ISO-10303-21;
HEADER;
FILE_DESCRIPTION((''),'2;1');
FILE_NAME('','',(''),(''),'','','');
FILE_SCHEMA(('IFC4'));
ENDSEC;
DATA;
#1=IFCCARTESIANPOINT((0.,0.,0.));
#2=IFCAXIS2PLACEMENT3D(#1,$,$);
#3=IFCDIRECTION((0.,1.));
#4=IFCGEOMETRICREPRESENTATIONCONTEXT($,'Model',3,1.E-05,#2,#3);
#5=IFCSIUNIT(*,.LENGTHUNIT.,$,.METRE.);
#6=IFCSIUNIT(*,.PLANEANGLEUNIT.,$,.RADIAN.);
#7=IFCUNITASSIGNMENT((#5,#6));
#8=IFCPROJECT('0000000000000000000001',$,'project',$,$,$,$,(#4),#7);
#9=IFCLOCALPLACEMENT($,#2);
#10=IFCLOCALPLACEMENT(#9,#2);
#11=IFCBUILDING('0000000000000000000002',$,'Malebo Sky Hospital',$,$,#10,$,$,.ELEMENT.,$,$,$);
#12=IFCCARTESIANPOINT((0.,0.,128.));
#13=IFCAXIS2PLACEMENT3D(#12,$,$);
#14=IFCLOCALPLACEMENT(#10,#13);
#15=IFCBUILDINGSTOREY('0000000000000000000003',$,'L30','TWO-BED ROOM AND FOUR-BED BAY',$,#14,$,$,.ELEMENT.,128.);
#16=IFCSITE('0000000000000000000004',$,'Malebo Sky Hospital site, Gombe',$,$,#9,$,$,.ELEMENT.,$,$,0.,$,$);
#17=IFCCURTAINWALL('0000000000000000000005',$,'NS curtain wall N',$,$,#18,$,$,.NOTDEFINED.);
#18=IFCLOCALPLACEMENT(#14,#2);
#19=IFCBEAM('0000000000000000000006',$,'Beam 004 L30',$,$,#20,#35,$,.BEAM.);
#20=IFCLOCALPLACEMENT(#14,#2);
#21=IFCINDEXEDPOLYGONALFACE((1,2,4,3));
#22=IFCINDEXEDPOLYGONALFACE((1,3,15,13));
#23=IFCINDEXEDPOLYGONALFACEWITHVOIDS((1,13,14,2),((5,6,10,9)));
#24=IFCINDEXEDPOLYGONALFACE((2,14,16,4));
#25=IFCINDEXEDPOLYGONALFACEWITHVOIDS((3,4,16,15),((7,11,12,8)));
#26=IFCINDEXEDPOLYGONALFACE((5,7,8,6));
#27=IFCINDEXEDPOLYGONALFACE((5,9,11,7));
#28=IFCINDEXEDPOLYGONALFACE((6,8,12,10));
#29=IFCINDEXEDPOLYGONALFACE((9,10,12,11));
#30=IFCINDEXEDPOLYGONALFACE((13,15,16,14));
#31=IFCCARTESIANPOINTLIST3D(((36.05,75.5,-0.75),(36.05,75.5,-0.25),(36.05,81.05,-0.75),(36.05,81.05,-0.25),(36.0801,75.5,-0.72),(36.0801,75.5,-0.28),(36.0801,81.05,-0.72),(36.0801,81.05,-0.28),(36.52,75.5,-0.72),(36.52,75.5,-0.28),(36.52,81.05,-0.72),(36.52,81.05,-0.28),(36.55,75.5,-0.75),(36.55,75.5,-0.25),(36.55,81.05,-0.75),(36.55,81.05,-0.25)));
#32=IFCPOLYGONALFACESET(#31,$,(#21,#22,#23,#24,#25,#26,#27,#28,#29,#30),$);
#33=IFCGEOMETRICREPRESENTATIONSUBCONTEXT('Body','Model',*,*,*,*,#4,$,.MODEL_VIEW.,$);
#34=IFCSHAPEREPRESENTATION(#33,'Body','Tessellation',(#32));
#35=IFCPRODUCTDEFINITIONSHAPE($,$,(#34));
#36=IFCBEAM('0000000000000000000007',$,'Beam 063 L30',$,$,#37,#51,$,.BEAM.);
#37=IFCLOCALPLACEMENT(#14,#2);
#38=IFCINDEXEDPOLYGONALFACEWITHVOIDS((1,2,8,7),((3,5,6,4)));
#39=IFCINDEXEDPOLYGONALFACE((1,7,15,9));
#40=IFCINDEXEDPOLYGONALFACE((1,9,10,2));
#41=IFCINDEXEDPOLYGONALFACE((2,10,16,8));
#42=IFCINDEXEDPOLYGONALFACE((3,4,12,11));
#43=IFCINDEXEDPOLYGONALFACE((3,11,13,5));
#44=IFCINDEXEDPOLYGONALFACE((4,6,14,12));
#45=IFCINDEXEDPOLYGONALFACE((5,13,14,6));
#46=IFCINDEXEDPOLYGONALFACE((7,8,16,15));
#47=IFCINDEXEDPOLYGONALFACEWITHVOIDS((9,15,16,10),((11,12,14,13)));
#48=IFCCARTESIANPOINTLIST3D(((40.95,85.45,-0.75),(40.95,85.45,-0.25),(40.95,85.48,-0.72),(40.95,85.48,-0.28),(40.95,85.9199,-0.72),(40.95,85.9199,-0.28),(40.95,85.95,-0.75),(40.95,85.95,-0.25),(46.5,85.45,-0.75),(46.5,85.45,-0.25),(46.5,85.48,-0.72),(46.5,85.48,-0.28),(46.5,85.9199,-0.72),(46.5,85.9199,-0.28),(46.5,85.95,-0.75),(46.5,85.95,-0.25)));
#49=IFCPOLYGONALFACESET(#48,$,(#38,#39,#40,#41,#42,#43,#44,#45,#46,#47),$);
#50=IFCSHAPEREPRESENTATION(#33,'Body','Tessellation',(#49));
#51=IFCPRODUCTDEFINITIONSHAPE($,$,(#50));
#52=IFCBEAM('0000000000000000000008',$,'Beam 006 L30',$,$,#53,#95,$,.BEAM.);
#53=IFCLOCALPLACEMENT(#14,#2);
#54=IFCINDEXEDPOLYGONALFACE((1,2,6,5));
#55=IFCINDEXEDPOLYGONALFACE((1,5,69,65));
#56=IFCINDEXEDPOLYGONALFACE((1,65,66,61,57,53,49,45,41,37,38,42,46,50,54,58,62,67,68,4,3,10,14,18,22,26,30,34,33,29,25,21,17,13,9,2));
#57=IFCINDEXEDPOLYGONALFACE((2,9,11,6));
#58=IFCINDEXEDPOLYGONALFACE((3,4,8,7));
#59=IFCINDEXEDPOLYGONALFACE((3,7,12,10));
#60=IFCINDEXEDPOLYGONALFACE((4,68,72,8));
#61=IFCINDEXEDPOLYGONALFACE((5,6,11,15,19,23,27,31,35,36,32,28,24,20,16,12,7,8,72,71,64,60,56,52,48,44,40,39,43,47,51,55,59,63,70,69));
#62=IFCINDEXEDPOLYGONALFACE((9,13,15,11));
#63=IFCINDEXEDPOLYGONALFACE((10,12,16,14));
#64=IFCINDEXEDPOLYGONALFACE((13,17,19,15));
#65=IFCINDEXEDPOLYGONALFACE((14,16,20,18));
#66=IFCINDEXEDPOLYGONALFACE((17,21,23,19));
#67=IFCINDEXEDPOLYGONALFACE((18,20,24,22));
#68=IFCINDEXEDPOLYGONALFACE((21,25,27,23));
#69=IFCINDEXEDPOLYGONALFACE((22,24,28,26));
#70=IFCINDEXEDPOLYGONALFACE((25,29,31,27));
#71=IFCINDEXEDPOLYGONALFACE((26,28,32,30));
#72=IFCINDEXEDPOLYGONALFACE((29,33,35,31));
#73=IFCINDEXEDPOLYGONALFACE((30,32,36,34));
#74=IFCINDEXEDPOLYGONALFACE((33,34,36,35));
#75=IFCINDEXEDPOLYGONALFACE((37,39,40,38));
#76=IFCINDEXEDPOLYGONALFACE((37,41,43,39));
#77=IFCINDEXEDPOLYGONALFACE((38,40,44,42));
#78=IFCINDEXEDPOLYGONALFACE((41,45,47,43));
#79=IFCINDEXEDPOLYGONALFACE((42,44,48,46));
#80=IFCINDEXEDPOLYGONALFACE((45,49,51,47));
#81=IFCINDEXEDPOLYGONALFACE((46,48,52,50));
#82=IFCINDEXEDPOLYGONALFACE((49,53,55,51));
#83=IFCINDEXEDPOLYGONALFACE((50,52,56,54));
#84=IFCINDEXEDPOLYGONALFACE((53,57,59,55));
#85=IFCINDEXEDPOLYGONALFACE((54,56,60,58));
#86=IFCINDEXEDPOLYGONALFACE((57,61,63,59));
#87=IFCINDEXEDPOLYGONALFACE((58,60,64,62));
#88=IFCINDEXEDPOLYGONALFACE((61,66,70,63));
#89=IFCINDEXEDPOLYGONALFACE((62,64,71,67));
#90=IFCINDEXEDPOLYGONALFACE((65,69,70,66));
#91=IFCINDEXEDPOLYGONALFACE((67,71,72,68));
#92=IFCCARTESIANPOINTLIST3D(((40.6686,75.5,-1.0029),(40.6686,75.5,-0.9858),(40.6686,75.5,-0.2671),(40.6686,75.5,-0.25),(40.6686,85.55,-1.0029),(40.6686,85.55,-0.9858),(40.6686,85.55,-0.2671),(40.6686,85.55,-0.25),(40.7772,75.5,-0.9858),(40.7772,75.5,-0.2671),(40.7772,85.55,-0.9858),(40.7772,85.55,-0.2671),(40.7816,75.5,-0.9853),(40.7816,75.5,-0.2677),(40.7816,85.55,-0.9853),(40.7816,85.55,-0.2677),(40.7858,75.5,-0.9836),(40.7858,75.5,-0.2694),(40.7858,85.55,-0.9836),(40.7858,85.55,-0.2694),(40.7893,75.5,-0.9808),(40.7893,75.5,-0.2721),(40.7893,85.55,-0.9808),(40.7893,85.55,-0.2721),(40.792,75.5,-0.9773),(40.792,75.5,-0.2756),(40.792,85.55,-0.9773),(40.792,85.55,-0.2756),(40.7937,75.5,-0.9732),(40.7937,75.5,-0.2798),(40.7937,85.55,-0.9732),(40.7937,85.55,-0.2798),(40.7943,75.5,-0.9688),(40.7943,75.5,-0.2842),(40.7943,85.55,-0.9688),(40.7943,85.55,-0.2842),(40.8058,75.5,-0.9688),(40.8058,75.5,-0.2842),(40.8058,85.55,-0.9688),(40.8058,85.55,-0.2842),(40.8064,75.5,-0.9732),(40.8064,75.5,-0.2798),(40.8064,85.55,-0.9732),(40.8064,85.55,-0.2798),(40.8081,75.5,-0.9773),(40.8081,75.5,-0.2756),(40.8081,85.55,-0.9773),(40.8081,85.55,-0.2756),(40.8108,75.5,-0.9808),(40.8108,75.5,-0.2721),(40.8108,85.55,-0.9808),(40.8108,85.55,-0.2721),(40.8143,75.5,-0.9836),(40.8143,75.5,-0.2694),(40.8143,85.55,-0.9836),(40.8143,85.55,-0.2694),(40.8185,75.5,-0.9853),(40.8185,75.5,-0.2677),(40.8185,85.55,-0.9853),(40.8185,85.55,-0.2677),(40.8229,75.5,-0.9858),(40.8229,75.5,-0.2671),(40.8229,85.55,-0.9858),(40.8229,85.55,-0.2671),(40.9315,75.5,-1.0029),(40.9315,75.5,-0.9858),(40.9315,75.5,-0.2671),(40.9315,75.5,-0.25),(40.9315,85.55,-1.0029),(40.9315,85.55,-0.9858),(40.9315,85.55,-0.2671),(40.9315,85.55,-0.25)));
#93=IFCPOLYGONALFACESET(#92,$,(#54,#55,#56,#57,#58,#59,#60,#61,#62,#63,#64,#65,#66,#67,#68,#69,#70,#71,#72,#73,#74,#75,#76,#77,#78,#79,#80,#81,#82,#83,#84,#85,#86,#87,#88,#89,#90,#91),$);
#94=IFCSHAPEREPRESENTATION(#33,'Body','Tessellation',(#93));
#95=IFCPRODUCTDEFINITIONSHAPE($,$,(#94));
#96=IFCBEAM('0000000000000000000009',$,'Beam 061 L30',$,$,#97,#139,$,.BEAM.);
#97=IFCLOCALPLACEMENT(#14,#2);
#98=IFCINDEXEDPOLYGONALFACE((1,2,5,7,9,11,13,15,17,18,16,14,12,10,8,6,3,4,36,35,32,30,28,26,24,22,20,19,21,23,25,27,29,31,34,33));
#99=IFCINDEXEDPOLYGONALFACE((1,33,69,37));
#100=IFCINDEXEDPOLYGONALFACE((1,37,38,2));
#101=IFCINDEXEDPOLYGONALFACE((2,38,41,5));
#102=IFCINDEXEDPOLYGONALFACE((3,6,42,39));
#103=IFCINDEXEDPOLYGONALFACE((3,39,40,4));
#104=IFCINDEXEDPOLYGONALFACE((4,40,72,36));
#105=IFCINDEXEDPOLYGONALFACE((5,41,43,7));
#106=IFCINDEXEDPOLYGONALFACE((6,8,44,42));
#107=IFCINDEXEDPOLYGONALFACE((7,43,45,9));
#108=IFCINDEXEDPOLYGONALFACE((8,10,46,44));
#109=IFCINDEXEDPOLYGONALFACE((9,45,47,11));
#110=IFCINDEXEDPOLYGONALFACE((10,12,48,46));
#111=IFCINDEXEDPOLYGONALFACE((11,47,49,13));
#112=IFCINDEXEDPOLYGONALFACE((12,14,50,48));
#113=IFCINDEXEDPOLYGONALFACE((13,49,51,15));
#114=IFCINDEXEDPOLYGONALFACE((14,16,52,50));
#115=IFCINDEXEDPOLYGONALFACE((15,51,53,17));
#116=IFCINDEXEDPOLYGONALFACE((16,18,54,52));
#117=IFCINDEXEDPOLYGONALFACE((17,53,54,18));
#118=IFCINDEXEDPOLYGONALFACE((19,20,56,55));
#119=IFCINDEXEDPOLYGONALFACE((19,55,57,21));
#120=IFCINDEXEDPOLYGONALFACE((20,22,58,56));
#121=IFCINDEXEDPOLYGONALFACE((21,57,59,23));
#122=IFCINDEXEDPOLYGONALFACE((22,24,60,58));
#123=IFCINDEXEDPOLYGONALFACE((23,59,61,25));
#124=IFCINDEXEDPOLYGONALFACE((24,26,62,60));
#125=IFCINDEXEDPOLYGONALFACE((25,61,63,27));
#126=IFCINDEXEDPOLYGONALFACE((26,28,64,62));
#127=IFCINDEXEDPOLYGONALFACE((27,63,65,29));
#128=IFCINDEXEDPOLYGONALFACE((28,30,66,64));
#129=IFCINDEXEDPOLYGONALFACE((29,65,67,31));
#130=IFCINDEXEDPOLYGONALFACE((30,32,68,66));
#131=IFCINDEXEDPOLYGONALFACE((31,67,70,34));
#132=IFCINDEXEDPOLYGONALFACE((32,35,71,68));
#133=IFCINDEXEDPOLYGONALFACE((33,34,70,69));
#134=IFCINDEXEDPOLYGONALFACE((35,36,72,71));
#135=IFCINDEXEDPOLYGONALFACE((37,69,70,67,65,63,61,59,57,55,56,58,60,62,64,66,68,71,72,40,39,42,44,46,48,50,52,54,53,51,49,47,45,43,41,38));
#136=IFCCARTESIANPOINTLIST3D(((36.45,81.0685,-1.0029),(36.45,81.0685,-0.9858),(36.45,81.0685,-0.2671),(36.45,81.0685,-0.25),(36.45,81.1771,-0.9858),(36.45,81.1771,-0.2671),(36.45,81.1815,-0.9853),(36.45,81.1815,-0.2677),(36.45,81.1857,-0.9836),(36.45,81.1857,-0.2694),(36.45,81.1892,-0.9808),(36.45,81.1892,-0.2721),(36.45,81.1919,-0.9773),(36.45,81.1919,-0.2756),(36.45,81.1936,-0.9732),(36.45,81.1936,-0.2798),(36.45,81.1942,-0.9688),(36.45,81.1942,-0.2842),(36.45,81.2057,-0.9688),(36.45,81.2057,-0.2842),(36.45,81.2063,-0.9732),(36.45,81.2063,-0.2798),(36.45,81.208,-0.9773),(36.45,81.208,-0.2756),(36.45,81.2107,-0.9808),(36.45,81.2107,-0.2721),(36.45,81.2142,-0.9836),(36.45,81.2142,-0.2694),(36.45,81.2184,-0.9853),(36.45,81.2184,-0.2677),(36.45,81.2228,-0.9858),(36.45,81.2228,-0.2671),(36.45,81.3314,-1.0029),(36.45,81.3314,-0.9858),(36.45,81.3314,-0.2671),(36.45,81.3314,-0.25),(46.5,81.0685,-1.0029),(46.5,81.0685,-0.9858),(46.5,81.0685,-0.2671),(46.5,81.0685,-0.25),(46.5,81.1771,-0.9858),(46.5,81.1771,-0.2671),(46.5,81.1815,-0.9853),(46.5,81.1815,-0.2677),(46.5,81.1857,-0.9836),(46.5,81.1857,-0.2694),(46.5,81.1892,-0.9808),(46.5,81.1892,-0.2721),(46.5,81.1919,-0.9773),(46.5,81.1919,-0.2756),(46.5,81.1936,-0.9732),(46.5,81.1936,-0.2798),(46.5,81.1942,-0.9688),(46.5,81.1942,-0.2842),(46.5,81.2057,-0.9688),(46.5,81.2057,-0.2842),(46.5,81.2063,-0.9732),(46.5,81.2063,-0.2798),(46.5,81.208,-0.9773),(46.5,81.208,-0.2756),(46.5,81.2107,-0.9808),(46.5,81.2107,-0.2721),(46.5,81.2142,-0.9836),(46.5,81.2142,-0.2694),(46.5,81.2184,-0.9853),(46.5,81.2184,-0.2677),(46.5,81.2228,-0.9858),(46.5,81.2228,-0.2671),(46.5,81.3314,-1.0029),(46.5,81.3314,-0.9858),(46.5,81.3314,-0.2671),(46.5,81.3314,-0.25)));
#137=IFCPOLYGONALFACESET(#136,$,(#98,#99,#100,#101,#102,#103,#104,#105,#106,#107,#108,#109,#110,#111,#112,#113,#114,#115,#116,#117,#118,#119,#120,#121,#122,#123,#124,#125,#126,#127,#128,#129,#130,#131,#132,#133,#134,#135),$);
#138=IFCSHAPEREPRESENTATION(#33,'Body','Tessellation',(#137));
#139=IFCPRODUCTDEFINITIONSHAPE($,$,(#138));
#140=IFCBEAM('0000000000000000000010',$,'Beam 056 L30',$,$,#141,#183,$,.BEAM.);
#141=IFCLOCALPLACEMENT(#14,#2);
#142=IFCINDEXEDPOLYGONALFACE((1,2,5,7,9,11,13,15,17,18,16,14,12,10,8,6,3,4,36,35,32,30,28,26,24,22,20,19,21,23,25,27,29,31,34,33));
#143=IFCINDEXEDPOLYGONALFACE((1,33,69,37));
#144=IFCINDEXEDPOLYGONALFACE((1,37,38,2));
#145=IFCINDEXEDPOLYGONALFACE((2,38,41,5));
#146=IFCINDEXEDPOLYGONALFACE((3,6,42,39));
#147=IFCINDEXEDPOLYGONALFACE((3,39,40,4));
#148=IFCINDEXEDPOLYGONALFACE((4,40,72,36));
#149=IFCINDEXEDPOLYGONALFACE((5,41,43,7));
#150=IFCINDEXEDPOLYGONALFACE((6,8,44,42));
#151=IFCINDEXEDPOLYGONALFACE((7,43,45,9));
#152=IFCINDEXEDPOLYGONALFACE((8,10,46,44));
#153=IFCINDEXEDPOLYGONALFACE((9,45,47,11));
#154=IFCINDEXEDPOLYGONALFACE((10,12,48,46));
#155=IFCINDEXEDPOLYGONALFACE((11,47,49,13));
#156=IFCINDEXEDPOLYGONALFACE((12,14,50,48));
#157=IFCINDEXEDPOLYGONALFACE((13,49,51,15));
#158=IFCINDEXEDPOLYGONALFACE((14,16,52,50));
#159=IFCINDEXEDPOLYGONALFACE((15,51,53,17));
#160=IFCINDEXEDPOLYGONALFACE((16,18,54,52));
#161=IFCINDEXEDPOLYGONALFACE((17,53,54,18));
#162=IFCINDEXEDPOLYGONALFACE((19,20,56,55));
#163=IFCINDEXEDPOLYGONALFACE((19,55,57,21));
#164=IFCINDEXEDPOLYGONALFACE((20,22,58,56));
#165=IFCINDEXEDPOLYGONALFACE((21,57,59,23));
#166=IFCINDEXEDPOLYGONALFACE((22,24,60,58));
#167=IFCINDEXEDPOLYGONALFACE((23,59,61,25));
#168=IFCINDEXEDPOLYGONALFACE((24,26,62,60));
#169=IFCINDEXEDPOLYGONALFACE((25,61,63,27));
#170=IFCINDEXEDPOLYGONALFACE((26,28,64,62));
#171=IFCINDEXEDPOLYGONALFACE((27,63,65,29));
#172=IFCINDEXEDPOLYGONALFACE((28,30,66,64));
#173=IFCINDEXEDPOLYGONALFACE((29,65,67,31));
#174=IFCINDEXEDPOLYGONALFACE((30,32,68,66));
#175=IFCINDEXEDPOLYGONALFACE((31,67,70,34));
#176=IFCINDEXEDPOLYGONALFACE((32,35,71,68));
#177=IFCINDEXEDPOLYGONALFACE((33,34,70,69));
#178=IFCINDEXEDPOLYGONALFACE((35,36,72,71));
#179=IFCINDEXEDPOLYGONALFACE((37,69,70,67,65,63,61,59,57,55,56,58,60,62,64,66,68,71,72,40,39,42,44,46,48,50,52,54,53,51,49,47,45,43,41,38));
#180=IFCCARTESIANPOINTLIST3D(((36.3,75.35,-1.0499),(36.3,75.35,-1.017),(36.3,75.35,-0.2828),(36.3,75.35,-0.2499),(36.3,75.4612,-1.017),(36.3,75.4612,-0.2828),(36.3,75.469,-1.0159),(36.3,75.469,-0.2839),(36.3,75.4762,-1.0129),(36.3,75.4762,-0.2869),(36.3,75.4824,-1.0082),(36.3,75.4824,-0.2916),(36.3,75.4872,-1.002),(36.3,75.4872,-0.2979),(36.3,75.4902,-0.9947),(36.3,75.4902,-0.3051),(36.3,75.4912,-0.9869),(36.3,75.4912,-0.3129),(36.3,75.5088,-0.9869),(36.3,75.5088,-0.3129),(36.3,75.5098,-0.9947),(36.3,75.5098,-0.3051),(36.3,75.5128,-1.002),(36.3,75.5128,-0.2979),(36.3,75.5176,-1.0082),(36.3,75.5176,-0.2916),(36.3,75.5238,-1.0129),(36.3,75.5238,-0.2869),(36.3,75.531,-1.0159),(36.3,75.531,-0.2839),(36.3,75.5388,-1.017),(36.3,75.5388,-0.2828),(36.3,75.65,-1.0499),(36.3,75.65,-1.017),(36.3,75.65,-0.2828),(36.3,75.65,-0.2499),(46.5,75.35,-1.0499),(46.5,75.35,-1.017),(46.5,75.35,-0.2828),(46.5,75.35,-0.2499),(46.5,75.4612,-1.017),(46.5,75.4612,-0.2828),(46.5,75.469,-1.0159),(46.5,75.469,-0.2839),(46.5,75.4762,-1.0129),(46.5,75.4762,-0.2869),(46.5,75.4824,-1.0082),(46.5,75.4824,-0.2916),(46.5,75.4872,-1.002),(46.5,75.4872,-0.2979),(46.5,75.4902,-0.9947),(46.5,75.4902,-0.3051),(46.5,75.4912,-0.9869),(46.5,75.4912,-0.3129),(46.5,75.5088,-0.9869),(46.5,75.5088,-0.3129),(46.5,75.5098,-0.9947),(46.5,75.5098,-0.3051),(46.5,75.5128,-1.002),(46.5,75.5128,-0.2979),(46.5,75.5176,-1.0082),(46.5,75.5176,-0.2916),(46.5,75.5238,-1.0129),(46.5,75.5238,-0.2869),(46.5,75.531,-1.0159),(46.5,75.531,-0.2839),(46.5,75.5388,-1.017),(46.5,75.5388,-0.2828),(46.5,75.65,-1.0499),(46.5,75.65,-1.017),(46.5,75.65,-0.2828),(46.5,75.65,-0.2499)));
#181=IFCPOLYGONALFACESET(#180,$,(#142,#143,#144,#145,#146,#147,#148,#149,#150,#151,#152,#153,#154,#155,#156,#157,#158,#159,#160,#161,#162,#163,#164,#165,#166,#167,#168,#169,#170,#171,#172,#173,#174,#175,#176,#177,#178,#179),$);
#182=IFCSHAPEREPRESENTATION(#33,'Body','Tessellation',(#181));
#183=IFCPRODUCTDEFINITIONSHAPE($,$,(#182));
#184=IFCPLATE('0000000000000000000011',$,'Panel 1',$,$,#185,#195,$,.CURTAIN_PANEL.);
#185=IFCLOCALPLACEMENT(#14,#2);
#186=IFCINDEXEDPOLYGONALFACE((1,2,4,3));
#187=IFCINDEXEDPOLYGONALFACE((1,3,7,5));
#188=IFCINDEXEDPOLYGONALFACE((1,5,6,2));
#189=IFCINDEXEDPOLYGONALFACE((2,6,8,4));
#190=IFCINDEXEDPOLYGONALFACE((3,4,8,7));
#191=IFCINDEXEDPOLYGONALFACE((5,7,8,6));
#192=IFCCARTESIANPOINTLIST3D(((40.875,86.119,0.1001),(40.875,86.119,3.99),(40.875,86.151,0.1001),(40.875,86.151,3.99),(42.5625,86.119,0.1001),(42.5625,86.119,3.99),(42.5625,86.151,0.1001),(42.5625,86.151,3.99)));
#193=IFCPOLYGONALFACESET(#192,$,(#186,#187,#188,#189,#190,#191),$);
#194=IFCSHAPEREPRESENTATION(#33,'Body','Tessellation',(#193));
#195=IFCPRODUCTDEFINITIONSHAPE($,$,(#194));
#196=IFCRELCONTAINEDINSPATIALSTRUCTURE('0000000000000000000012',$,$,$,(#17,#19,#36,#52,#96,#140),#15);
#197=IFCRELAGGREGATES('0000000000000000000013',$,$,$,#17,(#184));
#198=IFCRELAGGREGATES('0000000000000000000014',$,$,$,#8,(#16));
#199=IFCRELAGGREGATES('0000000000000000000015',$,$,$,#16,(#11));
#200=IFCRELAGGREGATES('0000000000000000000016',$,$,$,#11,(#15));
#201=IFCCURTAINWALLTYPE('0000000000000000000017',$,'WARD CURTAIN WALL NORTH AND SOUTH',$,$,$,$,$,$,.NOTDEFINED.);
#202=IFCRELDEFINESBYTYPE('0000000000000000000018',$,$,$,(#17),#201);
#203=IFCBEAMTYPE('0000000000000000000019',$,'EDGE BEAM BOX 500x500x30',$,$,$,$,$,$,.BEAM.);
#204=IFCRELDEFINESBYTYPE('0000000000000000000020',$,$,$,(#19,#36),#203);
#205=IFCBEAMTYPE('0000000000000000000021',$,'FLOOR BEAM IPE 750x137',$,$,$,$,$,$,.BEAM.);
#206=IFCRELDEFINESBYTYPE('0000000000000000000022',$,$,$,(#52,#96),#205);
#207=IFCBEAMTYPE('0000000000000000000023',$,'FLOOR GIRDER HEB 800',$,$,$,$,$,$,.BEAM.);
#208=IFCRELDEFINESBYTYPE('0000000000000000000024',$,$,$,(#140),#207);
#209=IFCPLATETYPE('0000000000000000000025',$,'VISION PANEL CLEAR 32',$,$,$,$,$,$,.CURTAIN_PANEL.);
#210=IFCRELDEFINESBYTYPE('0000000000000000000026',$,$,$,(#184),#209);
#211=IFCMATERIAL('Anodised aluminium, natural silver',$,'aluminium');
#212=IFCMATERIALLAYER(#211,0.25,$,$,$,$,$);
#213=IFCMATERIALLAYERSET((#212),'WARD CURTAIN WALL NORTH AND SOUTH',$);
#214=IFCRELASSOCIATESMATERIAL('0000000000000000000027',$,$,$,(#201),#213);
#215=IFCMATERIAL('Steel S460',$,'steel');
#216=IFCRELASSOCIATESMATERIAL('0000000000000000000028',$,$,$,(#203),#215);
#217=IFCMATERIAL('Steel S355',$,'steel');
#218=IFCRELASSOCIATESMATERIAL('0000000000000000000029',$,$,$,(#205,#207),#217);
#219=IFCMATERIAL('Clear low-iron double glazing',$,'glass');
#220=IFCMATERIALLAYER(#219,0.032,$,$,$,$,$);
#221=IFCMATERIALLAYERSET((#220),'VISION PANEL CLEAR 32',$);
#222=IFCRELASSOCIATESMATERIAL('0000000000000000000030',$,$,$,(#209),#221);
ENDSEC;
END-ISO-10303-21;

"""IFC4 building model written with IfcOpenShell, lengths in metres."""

from ifc_helpers import new_model, si_unit, direction, frame, origin, origin_2d, place, context, subcontext, project, spatial, rectangle, hollow_rectangle, i_section, extrude, material, layer, layer_set, material_profile, profile_set, type_object, element, aggregate, save


model = new_model("IFC4")

# Units and contexts
model_context = context("Model", 3, precision=1e-05, world=origin(), true_north=direction((0.0, 1.0)))
body_context = subcontext(model_context, "Body", "Model", "MODEL_VIEW")
ifc_project = project(units=[si_unit("LENGTHUNIT", "METRE"), si_unit("PLANEANGLEUNIT", "RADIAN")], contexts=[model_context])

# Site, building, storey
site_placement = place(None, origin())
site = spatial("IfcSite", under=ifc_project, at=site_placement, Name="Malebo Sky Hospital site, Gombe", CompositionType="ELEMENT", RefElevation=0.0)
building_placement = place(site_placement, origin())
building = spatial("IfcBuilding", under=site, at=building_placement, Name="Malebo Sky Hospital", CompositionType="ELEMENT")
storey_placement = place(building_placement, frame((0.0, 0.0, 128.0)))
storey = spatial("IfcBuildingStorey", under=building, at=storey_placement, Name="L30", Description="TWO-BED ROOM AND FOUR-BED BAY", CompositionType="ELEMENT", Elevation=128.0)

# Shared definitions
ifc_material_1 = material(Name="Steel S460", Category="steel")

# Curtain wall
ifc_material_2 = material(Name="Anodised aluminium, natural silver", Category="aluminium")
ifc_layer_1 = layer(ifc_material_2, 0.25)
ifc_layer_set_1 = layer_set([ifc_layer_1], Name="WARD CURTAIN WALL NORTH AND SOUTH")
curtain_wall_type_1 = type_object("IfcCurtainWallType", Name="WARD CURTAIN WALL NORTH AND SOUTH", PredefinedType="NOTDEFINED", material=ifc_layer_set_1)
curtain_wall_1_placement = place(storey_placement, origin())
curtain_wall_1 = element("IfcCurtainWall", 1, at=curtain_wall_1_placement, inside=storey, type_object=curtain_wall_type_1, Name="NS curtain wall N", PredefinedType="NOTDEFINED")

# Beams
ifc_material_profile_1 = material_profile(ifc_material_1, hollow_rectangle(XDim=0.5, YDim=0.5, WallThickness=0.03, at=origin_2d()), Name="BOX 500x500x30")
ifc_profile_set_1 = profile_set([ifc_material_profile_1], Name="Steel S460")
beam_type_1 = type_object("IfcBeamType", Name="EDGE BEAM BOX 500x500x30", PredefinedType="BEAM", material=ifc_profile_set_1)
for number, where, z_axis, x_axis, name in (
    (2, (36.3, 75.5, -0.5), (0.0, 1.0, 0.0), (-1.0, 0.0, 0.0), "Beam 004 L30"),
    (3, (40.95, 85.7, -0.5), (1.0, 0.0, 0.0), (0.0, 1.0, 0.0), "Beam 063 L30"),
):
    element("IfcBeam", number, at=place(storey_placement, frame(where, z_axis=z_axis, x_axis=x_axis)), inside=storey, type_object=beam_type_1, Name=name, PredefinedType="BEAM", context=body_context, shape_type="SweptSolid", body=[
        extrude(hollow_rectangle(XDim=0.5, YDim=0.5, WallThickness=0.03, at=origin_2d()), origin(), (0.0, 0.0, 1.0), 5.55),
    ])
ifc_material_3 = material(Name="Steel S355", Category="steel")
ifc_material_profile_2 = material_profile(ifc_material_3, i_section(OverallWidth=0.2629, OverallDepth=0.7529, WebThickness=0.0115, FlangeThickness=0.0171, FilletRadius=0.0171, at=origin_2d()), Name="IPE 750x137")
ifc_profile_set_2 = profile_set([ifc_material_profile_2], Name="Steel S355")
beam_type_2 = type_object("IfcBeamType", Name="FLOOR BEAM IPE 750x137", PredefinedType="BEAM", material=ifc_profile_set_2)
for number, where, z_axis, x_axis, name in (
    (4, (40.8, 75.5, -0.6265), (0.0, 1.0, 0.0), (-1.0, 0.0, 0.0), "Beam 006 L30"),
    (5, (36.45, 81.2, -0.6265), (1.0, 0.0, 0.0), (0.0, 1.0, 0.0), "Beam 061 L30"),
):
    element("IfcBeam", number, at=place(storey_placement, frame(where, z_axis=z_axis, x_axis=x_axis)), inside=storey, type_object=beam_type_2, Name=name, PredefinedType="BEAM", context=body_context, shape_type="SweptSolid", body=[
        extrude(i_section(OverallWidth=0.2629, OverallDepth=0.7529, WebThickness=0.0115, FlangeThickness=0.0171, FilletRadius=0.0171, at=origin_2d()), origin(), (0.0, 0.0, 1.0), 10.05),
    ])
ifc_material_profile_3 = material_profile(ifc_material_3, i_section(OverallWidth=0.3, OverallDepth=0.8, WebThickness=0.0176, FlangeThickness=0.033, FilletRadius=0.03, at=origin_2d()), Name="HEB 800")
ifc_profile_set_3 = profile_set([ifc_material_profile_3], Name="Steel S355")
beam_type_3 = type_object("IfcBeamType", Name="FLOOR GIRDER HEB 800", PredefinedType="BEAM", material=ifc_profile_set_3)
beam_placement = place(storey_placement, frame((36.3, 75.5, -0.6499), z_axis=(1.0, 0.0, 0.0), x_axis=(0.0, 1.0, 0.0)))
element("IfcBeam", 6, at=beam_placement, inside=storey, type_object=beam_type_3, Name="Beam 056 L30", PredefinedType="BEAM", context=body_context, shape_type="SweptSolid", body=[
    extrude(i_section(OverallWidth=0.3, OverallDepth=0.8, WebThickness=0.0176, FlangeThickness=0.033, FilletRadius=0.03, at=origin_2d()), origin(), (0.0, 0.0, 1.0), 10.2),
])

# Plate
ifc_material_4 = material(Name="Clear low-iron double glazing", Category="glass")
ifc_layer_2 = layer(ifc_material_4, 0.032)
ifc_layer_set_2 = layer_set([ifc_layer_2], Name="VISION PANEL CLEAR 32")
plate_type = type_object("IfcPlateType", Name="VISION PANEL CLEAR 32", PredefinedType="CURTAIN_PANEL", material=ifc_layer_set_2)
plate_1_placement = place(storey_placement, frame((41.7188, 86.135, 0.1001), z_axis=(0.0, 0.0, 1.0), x_axis=(1.0, 0.0, 0.0)))
plate_1 = element("IfcPlate", 7, at=plate_1_placement, type_object=plate_type, Name="Panel 1", PredefinedType="CURTAIN_PANEL", context=body_context, shape_type="SweptSolid", body=[
    extrude(rectangle(XDim=1.6875, YDim=0.032, at=origin_2d()), origin(), (0.0, 0.0, 1.0), 3.8899),
])
aggregate(curtain_wall_1, [plate_1])

save(model, "model.ifc")
